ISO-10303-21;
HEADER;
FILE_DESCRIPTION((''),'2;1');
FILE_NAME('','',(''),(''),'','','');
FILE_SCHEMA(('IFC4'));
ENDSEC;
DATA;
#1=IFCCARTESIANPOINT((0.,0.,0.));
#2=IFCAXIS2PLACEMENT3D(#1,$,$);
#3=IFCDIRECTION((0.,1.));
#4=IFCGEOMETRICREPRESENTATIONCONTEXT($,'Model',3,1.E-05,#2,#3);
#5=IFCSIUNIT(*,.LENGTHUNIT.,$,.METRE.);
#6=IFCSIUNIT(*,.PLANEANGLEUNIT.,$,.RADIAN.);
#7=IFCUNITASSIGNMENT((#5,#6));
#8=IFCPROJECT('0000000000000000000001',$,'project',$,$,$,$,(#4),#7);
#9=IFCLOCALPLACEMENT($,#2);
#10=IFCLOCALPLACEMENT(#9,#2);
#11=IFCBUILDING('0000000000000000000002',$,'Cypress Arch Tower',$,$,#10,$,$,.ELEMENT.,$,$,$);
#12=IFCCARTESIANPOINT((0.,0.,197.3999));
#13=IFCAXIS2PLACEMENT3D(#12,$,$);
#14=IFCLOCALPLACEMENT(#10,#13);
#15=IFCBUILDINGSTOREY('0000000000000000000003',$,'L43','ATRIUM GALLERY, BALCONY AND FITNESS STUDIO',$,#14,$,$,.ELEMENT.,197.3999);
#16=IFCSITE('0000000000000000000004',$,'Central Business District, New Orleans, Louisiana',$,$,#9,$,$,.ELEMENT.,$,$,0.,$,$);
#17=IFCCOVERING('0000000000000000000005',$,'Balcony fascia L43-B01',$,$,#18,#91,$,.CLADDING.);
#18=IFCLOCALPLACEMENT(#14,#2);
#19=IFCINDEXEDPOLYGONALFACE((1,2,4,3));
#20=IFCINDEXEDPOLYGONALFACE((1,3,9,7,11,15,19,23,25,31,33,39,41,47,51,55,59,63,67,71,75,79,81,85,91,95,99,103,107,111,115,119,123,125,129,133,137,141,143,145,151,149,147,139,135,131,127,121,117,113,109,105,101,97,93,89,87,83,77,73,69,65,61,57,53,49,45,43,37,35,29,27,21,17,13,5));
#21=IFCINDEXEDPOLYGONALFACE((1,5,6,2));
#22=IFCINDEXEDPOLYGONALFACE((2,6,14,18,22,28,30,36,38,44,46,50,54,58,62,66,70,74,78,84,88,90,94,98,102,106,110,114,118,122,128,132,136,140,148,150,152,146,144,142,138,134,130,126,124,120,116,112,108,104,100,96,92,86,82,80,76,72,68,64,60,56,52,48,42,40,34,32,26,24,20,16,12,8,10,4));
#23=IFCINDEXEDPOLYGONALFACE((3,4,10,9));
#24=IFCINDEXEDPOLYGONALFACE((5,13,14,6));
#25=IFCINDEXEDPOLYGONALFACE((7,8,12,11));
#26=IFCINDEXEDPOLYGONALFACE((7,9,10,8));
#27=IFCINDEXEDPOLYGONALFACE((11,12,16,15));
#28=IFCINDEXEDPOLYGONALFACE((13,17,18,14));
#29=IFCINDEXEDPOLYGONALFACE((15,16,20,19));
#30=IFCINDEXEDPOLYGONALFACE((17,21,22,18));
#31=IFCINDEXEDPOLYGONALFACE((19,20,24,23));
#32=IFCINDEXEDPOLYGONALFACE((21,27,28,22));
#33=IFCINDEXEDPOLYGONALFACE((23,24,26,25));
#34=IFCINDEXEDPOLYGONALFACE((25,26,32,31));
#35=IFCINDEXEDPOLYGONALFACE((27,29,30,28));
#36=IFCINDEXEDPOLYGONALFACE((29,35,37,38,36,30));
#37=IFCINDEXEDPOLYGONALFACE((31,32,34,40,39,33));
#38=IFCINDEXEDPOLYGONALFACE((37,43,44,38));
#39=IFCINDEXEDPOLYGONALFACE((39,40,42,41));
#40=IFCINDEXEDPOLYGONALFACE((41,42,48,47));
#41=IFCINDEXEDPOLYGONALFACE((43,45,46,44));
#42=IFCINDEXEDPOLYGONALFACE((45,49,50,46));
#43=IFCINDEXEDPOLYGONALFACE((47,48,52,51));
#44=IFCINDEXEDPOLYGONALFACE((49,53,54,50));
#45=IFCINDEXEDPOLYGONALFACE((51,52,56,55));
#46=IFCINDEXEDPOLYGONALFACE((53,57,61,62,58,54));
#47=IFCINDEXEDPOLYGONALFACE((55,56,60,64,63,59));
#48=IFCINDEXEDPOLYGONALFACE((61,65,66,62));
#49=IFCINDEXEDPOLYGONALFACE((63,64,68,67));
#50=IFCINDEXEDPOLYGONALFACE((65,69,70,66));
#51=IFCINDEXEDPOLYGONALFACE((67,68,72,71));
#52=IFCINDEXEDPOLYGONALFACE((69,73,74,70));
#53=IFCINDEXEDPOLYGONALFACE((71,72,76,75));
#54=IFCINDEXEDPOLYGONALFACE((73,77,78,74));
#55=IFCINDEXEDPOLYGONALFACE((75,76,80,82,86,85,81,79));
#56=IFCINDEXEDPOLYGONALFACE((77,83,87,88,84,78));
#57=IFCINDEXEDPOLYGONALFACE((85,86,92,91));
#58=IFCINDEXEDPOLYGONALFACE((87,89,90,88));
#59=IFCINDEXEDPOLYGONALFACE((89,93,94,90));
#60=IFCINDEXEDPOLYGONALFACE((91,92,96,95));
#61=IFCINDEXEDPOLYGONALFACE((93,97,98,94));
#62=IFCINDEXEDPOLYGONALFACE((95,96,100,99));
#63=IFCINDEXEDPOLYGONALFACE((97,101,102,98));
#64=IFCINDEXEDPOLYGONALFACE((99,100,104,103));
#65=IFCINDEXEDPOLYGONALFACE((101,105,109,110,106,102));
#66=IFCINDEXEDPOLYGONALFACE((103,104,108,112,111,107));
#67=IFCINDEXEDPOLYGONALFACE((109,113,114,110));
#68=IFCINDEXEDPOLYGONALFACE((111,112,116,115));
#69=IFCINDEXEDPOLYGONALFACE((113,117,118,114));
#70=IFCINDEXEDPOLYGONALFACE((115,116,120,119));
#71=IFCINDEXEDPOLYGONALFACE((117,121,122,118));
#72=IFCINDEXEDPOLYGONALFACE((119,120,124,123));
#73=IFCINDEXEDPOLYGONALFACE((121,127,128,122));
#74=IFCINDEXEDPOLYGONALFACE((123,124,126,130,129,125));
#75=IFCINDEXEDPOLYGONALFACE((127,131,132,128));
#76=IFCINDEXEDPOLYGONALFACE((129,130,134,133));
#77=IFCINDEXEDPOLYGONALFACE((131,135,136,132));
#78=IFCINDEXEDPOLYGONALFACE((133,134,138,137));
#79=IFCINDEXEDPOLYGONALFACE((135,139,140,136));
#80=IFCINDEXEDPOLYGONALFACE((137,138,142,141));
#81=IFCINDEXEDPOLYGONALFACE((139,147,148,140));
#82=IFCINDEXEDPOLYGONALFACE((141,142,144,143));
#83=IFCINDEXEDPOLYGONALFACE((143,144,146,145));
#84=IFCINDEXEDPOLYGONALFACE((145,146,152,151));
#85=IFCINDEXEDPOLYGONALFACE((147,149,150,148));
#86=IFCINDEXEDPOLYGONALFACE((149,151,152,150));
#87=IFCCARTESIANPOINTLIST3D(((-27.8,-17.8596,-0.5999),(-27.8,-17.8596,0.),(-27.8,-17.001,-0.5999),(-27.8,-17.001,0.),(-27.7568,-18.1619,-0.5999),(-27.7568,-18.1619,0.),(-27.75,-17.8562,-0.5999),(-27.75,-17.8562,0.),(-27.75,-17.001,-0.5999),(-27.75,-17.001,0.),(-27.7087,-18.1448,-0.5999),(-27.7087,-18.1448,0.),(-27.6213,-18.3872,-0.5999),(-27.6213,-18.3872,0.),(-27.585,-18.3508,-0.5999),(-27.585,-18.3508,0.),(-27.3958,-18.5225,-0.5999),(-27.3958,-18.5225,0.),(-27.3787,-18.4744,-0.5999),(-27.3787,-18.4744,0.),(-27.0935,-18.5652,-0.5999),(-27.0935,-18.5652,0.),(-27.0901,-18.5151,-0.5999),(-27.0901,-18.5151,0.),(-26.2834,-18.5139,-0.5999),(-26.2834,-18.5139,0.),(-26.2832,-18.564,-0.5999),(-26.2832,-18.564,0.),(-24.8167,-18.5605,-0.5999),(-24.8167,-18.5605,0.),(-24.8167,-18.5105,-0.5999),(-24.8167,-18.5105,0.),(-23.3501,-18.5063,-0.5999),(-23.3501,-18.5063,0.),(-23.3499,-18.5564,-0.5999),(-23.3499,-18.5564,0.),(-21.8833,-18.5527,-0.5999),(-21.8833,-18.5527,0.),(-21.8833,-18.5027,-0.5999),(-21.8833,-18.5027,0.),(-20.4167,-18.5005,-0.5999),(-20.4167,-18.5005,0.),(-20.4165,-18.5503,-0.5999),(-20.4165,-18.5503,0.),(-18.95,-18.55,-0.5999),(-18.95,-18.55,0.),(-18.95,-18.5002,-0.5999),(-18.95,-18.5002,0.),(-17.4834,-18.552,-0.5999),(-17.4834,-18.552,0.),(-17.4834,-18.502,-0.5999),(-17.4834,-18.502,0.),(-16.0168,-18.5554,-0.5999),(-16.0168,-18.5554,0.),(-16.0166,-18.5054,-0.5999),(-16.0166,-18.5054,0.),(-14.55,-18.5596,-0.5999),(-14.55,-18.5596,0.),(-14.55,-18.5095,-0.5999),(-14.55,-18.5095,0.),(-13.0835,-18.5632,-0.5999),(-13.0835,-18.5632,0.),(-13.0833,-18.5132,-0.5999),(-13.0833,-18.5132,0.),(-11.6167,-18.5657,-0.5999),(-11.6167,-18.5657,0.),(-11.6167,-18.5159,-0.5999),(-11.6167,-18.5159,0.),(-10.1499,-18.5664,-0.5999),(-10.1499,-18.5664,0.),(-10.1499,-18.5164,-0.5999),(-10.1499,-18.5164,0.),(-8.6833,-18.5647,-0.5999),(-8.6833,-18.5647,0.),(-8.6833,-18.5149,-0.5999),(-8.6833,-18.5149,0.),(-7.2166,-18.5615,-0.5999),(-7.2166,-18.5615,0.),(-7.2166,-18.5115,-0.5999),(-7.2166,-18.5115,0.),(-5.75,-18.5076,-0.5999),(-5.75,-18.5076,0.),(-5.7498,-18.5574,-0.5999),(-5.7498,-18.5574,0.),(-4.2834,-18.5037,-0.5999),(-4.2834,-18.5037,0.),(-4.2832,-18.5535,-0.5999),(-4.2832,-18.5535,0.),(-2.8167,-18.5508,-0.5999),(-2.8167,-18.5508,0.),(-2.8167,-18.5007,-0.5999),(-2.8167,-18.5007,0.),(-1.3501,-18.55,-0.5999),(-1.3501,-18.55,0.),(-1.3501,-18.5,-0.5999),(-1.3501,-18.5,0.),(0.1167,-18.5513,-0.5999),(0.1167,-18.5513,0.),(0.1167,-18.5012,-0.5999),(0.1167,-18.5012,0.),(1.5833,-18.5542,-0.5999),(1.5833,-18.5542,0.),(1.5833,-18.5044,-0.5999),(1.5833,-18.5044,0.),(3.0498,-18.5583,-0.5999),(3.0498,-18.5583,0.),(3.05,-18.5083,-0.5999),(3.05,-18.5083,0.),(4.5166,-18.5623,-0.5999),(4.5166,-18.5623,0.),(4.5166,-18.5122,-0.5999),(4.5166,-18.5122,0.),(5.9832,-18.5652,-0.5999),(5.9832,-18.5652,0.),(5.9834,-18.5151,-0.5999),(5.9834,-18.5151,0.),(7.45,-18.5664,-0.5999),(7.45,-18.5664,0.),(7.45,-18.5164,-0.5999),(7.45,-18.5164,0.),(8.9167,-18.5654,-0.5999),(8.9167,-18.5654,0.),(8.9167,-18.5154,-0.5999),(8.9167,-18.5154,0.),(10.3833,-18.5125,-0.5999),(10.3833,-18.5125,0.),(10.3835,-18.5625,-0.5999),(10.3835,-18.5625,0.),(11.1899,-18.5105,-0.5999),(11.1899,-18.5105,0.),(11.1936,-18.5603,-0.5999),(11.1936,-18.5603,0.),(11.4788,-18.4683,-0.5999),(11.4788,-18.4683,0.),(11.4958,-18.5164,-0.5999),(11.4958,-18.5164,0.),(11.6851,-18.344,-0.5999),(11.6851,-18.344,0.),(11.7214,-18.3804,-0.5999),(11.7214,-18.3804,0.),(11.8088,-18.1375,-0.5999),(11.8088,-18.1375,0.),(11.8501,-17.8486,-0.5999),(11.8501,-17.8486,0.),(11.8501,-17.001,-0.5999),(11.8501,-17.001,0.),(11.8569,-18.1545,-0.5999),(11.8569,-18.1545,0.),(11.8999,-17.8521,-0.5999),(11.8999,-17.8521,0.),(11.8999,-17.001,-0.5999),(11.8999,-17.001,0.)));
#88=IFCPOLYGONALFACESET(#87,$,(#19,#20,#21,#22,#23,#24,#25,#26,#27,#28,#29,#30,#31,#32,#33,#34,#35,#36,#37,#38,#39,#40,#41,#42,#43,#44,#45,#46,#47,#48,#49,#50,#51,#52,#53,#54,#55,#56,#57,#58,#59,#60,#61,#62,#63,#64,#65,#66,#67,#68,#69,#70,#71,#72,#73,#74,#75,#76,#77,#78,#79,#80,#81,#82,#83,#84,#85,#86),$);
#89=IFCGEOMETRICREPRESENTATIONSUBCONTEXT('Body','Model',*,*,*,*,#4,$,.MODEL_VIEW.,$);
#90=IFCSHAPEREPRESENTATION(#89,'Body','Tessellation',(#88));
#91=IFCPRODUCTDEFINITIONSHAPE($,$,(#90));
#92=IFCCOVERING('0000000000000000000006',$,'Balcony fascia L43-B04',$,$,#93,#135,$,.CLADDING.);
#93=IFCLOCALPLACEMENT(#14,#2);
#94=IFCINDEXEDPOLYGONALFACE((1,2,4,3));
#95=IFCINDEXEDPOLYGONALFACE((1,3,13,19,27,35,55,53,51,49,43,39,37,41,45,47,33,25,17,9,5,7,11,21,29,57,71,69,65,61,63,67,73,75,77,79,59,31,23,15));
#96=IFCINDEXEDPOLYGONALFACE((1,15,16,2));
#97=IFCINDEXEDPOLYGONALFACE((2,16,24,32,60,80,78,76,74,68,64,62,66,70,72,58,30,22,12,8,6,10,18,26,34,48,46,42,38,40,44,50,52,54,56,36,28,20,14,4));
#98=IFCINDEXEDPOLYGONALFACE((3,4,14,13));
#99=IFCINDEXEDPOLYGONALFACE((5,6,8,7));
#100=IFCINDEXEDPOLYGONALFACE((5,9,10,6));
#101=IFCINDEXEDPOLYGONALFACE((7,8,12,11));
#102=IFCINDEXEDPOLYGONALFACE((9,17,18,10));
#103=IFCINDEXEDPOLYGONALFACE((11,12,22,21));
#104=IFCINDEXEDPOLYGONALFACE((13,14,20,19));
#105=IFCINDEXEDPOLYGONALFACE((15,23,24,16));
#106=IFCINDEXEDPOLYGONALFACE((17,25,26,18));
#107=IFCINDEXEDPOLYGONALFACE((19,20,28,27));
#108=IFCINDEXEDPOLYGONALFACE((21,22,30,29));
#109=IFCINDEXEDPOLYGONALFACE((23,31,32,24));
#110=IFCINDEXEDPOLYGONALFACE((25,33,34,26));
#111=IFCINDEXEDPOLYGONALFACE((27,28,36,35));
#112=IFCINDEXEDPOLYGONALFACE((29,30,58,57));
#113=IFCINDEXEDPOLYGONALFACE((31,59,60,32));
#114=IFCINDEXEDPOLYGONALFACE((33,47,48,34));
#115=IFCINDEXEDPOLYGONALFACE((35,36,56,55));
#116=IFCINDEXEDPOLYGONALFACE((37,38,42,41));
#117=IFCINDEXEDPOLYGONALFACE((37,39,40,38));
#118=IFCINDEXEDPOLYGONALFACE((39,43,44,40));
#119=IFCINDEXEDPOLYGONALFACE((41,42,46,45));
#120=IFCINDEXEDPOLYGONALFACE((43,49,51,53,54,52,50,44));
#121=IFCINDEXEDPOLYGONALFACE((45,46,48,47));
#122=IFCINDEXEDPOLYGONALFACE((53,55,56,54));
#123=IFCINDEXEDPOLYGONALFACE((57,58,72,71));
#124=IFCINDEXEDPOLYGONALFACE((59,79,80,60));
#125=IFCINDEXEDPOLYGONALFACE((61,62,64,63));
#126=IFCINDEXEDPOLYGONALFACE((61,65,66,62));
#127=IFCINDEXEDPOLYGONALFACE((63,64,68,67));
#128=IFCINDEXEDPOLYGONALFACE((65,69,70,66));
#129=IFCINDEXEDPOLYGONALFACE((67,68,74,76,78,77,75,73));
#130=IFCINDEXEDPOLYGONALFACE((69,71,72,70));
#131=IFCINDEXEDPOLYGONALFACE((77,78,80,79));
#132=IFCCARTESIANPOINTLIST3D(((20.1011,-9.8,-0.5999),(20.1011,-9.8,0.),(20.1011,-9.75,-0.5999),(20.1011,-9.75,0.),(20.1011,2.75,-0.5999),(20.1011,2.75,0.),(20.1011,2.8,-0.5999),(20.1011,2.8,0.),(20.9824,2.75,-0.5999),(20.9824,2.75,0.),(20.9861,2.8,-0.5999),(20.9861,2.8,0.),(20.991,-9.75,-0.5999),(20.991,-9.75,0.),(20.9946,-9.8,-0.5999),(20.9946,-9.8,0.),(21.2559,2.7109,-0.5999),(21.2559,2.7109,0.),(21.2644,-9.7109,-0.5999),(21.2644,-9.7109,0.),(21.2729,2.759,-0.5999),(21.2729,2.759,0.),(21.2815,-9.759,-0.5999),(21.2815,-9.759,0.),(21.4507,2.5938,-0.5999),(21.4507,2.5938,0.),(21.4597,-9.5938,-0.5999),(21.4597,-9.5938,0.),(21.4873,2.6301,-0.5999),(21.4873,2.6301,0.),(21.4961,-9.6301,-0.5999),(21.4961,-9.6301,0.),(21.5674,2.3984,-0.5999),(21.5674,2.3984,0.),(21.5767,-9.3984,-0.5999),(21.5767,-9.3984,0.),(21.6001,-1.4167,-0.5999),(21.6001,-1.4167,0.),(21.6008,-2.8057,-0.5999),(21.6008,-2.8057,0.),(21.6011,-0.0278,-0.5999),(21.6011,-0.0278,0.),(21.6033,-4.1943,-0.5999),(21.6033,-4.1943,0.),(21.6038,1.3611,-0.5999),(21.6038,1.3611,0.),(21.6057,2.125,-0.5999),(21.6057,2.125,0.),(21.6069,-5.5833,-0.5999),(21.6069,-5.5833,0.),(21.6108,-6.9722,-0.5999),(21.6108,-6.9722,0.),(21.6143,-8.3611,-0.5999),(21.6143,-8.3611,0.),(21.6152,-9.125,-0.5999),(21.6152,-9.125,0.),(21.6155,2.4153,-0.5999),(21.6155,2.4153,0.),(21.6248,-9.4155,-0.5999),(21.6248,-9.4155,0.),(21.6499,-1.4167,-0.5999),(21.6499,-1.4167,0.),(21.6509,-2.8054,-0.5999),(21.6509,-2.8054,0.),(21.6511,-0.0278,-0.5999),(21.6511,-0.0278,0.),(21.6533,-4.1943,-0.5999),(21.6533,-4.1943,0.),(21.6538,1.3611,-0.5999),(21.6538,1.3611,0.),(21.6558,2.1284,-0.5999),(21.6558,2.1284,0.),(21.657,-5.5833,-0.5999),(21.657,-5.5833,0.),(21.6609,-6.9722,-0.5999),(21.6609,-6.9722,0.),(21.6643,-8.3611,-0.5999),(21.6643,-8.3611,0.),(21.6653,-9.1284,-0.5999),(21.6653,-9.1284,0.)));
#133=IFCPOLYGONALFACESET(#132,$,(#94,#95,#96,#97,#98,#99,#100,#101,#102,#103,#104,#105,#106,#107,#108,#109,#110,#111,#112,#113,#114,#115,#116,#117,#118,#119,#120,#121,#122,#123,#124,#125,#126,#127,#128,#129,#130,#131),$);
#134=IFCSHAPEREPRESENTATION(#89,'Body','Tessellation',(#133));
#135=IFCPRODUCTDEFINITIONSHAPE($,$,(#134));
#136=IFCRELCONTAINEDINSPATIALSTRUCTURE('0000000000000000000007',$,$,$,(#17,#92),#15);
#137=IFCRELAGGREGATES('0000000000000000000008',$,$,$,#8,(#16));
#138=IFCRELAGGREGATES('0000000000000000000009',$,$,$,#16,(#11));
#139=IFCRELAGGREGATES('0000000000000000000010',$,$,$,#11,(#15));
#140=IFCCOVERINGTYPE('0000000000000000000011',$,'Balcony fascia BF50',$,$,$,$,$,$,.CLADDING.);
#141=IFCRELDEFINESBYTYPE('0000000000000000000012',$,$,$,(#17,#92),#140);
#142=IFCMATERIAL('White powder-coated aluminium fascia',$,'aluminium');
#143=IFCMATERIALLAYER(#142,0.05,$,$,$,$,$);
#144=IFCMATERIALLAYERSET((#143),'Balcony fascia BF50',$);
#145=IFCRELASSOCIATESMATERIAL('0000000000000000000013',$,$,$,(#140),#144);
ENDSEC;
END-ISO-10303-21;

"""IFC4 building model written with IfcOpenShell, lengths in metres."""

from ifc_helpers import new_model, si_unit, direction, frame, origin, place, context, subcontext, project, spatial, polyline, outline, extrude, material, layer, layer_set, type_object, element, save


model = new_model("IFC4")

# Units and contexts
model_context = context("Model", 3, precision=1e-05, world=origin(), true_north=direction((0.0, 1.0)))
body_context = subcontext(model_context, "Body", "Model", "MODEL_VIEW")
ifc_project = project(units=[si_unit("LENGTHUNIT", "METRE"), si_unit("PLANEANGLEUNIT", "RADIAN")], contexts=[model_context])

# Site, building, storey
site_placement = place(None, origin())
site = spatial("IfcSite", under=ifc_project, at=site_placement, Name="Central Business District, New Orleans, Louisiana", CompositionType="ELEMENT", RefElevation=0.0)
building_placement = place(site_placement, origin())
building = spatial("IfcBuilding", under=site, at=building_placement, Name="Cypress Arch Tower", CompositionType="ELEMENT")
storey_placement = place(building_placement, frame((0.0, 0.0, 197.3999)))
storey = spatial("IfcBuildingStorey", under=building, at=storey_placement, Name="L43", Description="ATRIUM GALLERY, BALCONY AND FITNESS STUDIO", CompositionType="ELEMENT", Elevation=197.3999)

# Coverings
ifc_material_1 = material(Name="White powder-coated aluminium fascia", Category="aluminium")
ifc_layer_1 = layer(ifc_material_1, 0.05)
ifc_layer_set_1 = layer_set([ifc_layer_1], Name="Balcony fascia BF50")
covering_type_1 = type_object("IfcCoveringType", Name="Balcony fascia BF50", PredefinedType="CLADDING", material=ifc_layer_set_1)
covering_1_placement = place(storey_placement, frame((0.0, 0.0, -0.5999)))
element("IfcCovering", 1, at=covering_1_placement, inside=storey, type_object=covering_type_1, Name="Balcony fascia L43-B01", PredefinedType="CLADDING", context=body_context, shape_type="SweptSolid", body=[
    extrude(outline(polyline([(11.8999, -17.8521), (11.8569, -18.1545), (11.7214, -18.3804), (11.4958, -18.5164), (11.1936, -18.5603), (10.3835, -18.5625), (8.9167, -18.5654), (7.45, -18.5664), (5.9832, -18.5652), (4.5166, -18.5623), (3.0498, -18.5583), (1.5833, -18.5542), (0.1167, -18.5513), (-1.3501, -18.55), (-2.8167, -18.5508), (-4.2832, -18.5535), (-5.7498, -18.5574), (-7.2166, -18.5615), (-8.6833, -18.5647), (-10.1499, -18.5664), (-11.6167, -18.5657), (-13.0835, -18.5632), (-14.55, -18.5596), (-16.0168, -18.5554), (-17.4834, -18.552), (-18.95, -18.55), (-20.4165, -18.5503), (-21.8833, -18.5527), (-23.3499, -18.5564), (-24.8167, -18.5605), (-26.2832, -18.564), (-27.0935, -18.5652), (-27.3958, -18.5225), (-27.6213, -18.3872), (-27.7568, -18.1619), (-27.8, -17.8596), (-27.8, -17.001), (-27.75, -17.001), (-27.75, -17.8562), (-27.7087, -18.1448), (-27.585, -18.3508), (-27.3787, -18.4744), (-27.0901, -18.5151), (-26.2834, -18.5139), (-24.8167, -18.5105), (-23.3501, -18.5063), (-21.8833, -18.5027), (-20.4167, -18.5005), (-18.95, -18.5002), (-17.4834, -18.502), (-16.0166, -18.5054), (-14.55, -18.5095), (-13.0833, -18.5132), (-11.6167, -18.5159), (-10.1499, -18.5164), (-8.6833, -18.5149), (-7.2166, -18.5115), (-5.75, -18.5076), (-4.2834, -18.5037), (-2.8167, -18.5007), (-1.3501, -18.5), (0.1167, -18.5012), (1.5833, -18.5044), (3.05, -18.5083), (4.5166, -18.5122), (5.9834, -18.5151), (7.45, -18.5164), (8.9167, -18.5154), (10.3833, -18.5125), (11.1899, -18.5105), (11.4788, -18.4683), (11.6851, -18.344), (11.8088, -18.1375), (11.8501, -17.8486), (11.8501, -17.001), (11.8999, -17.001), (11.8999, -17.8521)])), origin(), (0.0, 0.0, 1.0), 0.5999),
])
covering_2_placement = place(storey_placement, frame((0.0, 0.0, -0.5999)))
element("IfcCovering", 2, at=covering_2_placement, inside=storey, type_object=covering_type_1, Name="Balcony fascia L43-B04", PredefinedType="CLADDING", context=body_context, shape_type="SweptSolid", body=[
    extrude(outline(polyline([(20.9861, 2.8), (21.2729, 2.759), (21.4873, 2.6301), (21.6155, 2.4153), (21.6558, 2.1284), (21.6538, 1.3611), (21.6511, -0.0278), (21.6499, -1.4167), (21.6509, -2.8054), (21.6533, -4.1943), (21.657, -5.5833), (21.6609, -6.9722), (21.6643, -8.3611), (21.6653, -9.1284), (21.6248, -9.4155), (21.4961, -9.6301), (21.2815, -9.759), (20.9946, -9.8), (20.1011, -9.8), (20.1011, -9.75), (20.991, -9.75), (21.2644, -9.7109), (21.4597, -9.5938), (21.5767, -9.3984), (21.6152, -9.125), (21.6143, -8.3611), (21.6108, -6.9722), (21.6069, -5.5833), (21.6033, -4.1943), (21.6008, -2.8057), (21.6001, -1.4167), (21.6011, -0.0278), (21.6038, 1.3611), (21.6057, 2.125), (21.5674, 2.3984), (21.4507, 2.5938), (21.2559, 2.7109), (20.9824, 2.75), (20.1011, 2.75), (20.1011, 2.8), (20.9861, 2.8)])), origin(), (0.0, 0.0, 1.0), 0.5999),
])

save(model, "model.ifc")
